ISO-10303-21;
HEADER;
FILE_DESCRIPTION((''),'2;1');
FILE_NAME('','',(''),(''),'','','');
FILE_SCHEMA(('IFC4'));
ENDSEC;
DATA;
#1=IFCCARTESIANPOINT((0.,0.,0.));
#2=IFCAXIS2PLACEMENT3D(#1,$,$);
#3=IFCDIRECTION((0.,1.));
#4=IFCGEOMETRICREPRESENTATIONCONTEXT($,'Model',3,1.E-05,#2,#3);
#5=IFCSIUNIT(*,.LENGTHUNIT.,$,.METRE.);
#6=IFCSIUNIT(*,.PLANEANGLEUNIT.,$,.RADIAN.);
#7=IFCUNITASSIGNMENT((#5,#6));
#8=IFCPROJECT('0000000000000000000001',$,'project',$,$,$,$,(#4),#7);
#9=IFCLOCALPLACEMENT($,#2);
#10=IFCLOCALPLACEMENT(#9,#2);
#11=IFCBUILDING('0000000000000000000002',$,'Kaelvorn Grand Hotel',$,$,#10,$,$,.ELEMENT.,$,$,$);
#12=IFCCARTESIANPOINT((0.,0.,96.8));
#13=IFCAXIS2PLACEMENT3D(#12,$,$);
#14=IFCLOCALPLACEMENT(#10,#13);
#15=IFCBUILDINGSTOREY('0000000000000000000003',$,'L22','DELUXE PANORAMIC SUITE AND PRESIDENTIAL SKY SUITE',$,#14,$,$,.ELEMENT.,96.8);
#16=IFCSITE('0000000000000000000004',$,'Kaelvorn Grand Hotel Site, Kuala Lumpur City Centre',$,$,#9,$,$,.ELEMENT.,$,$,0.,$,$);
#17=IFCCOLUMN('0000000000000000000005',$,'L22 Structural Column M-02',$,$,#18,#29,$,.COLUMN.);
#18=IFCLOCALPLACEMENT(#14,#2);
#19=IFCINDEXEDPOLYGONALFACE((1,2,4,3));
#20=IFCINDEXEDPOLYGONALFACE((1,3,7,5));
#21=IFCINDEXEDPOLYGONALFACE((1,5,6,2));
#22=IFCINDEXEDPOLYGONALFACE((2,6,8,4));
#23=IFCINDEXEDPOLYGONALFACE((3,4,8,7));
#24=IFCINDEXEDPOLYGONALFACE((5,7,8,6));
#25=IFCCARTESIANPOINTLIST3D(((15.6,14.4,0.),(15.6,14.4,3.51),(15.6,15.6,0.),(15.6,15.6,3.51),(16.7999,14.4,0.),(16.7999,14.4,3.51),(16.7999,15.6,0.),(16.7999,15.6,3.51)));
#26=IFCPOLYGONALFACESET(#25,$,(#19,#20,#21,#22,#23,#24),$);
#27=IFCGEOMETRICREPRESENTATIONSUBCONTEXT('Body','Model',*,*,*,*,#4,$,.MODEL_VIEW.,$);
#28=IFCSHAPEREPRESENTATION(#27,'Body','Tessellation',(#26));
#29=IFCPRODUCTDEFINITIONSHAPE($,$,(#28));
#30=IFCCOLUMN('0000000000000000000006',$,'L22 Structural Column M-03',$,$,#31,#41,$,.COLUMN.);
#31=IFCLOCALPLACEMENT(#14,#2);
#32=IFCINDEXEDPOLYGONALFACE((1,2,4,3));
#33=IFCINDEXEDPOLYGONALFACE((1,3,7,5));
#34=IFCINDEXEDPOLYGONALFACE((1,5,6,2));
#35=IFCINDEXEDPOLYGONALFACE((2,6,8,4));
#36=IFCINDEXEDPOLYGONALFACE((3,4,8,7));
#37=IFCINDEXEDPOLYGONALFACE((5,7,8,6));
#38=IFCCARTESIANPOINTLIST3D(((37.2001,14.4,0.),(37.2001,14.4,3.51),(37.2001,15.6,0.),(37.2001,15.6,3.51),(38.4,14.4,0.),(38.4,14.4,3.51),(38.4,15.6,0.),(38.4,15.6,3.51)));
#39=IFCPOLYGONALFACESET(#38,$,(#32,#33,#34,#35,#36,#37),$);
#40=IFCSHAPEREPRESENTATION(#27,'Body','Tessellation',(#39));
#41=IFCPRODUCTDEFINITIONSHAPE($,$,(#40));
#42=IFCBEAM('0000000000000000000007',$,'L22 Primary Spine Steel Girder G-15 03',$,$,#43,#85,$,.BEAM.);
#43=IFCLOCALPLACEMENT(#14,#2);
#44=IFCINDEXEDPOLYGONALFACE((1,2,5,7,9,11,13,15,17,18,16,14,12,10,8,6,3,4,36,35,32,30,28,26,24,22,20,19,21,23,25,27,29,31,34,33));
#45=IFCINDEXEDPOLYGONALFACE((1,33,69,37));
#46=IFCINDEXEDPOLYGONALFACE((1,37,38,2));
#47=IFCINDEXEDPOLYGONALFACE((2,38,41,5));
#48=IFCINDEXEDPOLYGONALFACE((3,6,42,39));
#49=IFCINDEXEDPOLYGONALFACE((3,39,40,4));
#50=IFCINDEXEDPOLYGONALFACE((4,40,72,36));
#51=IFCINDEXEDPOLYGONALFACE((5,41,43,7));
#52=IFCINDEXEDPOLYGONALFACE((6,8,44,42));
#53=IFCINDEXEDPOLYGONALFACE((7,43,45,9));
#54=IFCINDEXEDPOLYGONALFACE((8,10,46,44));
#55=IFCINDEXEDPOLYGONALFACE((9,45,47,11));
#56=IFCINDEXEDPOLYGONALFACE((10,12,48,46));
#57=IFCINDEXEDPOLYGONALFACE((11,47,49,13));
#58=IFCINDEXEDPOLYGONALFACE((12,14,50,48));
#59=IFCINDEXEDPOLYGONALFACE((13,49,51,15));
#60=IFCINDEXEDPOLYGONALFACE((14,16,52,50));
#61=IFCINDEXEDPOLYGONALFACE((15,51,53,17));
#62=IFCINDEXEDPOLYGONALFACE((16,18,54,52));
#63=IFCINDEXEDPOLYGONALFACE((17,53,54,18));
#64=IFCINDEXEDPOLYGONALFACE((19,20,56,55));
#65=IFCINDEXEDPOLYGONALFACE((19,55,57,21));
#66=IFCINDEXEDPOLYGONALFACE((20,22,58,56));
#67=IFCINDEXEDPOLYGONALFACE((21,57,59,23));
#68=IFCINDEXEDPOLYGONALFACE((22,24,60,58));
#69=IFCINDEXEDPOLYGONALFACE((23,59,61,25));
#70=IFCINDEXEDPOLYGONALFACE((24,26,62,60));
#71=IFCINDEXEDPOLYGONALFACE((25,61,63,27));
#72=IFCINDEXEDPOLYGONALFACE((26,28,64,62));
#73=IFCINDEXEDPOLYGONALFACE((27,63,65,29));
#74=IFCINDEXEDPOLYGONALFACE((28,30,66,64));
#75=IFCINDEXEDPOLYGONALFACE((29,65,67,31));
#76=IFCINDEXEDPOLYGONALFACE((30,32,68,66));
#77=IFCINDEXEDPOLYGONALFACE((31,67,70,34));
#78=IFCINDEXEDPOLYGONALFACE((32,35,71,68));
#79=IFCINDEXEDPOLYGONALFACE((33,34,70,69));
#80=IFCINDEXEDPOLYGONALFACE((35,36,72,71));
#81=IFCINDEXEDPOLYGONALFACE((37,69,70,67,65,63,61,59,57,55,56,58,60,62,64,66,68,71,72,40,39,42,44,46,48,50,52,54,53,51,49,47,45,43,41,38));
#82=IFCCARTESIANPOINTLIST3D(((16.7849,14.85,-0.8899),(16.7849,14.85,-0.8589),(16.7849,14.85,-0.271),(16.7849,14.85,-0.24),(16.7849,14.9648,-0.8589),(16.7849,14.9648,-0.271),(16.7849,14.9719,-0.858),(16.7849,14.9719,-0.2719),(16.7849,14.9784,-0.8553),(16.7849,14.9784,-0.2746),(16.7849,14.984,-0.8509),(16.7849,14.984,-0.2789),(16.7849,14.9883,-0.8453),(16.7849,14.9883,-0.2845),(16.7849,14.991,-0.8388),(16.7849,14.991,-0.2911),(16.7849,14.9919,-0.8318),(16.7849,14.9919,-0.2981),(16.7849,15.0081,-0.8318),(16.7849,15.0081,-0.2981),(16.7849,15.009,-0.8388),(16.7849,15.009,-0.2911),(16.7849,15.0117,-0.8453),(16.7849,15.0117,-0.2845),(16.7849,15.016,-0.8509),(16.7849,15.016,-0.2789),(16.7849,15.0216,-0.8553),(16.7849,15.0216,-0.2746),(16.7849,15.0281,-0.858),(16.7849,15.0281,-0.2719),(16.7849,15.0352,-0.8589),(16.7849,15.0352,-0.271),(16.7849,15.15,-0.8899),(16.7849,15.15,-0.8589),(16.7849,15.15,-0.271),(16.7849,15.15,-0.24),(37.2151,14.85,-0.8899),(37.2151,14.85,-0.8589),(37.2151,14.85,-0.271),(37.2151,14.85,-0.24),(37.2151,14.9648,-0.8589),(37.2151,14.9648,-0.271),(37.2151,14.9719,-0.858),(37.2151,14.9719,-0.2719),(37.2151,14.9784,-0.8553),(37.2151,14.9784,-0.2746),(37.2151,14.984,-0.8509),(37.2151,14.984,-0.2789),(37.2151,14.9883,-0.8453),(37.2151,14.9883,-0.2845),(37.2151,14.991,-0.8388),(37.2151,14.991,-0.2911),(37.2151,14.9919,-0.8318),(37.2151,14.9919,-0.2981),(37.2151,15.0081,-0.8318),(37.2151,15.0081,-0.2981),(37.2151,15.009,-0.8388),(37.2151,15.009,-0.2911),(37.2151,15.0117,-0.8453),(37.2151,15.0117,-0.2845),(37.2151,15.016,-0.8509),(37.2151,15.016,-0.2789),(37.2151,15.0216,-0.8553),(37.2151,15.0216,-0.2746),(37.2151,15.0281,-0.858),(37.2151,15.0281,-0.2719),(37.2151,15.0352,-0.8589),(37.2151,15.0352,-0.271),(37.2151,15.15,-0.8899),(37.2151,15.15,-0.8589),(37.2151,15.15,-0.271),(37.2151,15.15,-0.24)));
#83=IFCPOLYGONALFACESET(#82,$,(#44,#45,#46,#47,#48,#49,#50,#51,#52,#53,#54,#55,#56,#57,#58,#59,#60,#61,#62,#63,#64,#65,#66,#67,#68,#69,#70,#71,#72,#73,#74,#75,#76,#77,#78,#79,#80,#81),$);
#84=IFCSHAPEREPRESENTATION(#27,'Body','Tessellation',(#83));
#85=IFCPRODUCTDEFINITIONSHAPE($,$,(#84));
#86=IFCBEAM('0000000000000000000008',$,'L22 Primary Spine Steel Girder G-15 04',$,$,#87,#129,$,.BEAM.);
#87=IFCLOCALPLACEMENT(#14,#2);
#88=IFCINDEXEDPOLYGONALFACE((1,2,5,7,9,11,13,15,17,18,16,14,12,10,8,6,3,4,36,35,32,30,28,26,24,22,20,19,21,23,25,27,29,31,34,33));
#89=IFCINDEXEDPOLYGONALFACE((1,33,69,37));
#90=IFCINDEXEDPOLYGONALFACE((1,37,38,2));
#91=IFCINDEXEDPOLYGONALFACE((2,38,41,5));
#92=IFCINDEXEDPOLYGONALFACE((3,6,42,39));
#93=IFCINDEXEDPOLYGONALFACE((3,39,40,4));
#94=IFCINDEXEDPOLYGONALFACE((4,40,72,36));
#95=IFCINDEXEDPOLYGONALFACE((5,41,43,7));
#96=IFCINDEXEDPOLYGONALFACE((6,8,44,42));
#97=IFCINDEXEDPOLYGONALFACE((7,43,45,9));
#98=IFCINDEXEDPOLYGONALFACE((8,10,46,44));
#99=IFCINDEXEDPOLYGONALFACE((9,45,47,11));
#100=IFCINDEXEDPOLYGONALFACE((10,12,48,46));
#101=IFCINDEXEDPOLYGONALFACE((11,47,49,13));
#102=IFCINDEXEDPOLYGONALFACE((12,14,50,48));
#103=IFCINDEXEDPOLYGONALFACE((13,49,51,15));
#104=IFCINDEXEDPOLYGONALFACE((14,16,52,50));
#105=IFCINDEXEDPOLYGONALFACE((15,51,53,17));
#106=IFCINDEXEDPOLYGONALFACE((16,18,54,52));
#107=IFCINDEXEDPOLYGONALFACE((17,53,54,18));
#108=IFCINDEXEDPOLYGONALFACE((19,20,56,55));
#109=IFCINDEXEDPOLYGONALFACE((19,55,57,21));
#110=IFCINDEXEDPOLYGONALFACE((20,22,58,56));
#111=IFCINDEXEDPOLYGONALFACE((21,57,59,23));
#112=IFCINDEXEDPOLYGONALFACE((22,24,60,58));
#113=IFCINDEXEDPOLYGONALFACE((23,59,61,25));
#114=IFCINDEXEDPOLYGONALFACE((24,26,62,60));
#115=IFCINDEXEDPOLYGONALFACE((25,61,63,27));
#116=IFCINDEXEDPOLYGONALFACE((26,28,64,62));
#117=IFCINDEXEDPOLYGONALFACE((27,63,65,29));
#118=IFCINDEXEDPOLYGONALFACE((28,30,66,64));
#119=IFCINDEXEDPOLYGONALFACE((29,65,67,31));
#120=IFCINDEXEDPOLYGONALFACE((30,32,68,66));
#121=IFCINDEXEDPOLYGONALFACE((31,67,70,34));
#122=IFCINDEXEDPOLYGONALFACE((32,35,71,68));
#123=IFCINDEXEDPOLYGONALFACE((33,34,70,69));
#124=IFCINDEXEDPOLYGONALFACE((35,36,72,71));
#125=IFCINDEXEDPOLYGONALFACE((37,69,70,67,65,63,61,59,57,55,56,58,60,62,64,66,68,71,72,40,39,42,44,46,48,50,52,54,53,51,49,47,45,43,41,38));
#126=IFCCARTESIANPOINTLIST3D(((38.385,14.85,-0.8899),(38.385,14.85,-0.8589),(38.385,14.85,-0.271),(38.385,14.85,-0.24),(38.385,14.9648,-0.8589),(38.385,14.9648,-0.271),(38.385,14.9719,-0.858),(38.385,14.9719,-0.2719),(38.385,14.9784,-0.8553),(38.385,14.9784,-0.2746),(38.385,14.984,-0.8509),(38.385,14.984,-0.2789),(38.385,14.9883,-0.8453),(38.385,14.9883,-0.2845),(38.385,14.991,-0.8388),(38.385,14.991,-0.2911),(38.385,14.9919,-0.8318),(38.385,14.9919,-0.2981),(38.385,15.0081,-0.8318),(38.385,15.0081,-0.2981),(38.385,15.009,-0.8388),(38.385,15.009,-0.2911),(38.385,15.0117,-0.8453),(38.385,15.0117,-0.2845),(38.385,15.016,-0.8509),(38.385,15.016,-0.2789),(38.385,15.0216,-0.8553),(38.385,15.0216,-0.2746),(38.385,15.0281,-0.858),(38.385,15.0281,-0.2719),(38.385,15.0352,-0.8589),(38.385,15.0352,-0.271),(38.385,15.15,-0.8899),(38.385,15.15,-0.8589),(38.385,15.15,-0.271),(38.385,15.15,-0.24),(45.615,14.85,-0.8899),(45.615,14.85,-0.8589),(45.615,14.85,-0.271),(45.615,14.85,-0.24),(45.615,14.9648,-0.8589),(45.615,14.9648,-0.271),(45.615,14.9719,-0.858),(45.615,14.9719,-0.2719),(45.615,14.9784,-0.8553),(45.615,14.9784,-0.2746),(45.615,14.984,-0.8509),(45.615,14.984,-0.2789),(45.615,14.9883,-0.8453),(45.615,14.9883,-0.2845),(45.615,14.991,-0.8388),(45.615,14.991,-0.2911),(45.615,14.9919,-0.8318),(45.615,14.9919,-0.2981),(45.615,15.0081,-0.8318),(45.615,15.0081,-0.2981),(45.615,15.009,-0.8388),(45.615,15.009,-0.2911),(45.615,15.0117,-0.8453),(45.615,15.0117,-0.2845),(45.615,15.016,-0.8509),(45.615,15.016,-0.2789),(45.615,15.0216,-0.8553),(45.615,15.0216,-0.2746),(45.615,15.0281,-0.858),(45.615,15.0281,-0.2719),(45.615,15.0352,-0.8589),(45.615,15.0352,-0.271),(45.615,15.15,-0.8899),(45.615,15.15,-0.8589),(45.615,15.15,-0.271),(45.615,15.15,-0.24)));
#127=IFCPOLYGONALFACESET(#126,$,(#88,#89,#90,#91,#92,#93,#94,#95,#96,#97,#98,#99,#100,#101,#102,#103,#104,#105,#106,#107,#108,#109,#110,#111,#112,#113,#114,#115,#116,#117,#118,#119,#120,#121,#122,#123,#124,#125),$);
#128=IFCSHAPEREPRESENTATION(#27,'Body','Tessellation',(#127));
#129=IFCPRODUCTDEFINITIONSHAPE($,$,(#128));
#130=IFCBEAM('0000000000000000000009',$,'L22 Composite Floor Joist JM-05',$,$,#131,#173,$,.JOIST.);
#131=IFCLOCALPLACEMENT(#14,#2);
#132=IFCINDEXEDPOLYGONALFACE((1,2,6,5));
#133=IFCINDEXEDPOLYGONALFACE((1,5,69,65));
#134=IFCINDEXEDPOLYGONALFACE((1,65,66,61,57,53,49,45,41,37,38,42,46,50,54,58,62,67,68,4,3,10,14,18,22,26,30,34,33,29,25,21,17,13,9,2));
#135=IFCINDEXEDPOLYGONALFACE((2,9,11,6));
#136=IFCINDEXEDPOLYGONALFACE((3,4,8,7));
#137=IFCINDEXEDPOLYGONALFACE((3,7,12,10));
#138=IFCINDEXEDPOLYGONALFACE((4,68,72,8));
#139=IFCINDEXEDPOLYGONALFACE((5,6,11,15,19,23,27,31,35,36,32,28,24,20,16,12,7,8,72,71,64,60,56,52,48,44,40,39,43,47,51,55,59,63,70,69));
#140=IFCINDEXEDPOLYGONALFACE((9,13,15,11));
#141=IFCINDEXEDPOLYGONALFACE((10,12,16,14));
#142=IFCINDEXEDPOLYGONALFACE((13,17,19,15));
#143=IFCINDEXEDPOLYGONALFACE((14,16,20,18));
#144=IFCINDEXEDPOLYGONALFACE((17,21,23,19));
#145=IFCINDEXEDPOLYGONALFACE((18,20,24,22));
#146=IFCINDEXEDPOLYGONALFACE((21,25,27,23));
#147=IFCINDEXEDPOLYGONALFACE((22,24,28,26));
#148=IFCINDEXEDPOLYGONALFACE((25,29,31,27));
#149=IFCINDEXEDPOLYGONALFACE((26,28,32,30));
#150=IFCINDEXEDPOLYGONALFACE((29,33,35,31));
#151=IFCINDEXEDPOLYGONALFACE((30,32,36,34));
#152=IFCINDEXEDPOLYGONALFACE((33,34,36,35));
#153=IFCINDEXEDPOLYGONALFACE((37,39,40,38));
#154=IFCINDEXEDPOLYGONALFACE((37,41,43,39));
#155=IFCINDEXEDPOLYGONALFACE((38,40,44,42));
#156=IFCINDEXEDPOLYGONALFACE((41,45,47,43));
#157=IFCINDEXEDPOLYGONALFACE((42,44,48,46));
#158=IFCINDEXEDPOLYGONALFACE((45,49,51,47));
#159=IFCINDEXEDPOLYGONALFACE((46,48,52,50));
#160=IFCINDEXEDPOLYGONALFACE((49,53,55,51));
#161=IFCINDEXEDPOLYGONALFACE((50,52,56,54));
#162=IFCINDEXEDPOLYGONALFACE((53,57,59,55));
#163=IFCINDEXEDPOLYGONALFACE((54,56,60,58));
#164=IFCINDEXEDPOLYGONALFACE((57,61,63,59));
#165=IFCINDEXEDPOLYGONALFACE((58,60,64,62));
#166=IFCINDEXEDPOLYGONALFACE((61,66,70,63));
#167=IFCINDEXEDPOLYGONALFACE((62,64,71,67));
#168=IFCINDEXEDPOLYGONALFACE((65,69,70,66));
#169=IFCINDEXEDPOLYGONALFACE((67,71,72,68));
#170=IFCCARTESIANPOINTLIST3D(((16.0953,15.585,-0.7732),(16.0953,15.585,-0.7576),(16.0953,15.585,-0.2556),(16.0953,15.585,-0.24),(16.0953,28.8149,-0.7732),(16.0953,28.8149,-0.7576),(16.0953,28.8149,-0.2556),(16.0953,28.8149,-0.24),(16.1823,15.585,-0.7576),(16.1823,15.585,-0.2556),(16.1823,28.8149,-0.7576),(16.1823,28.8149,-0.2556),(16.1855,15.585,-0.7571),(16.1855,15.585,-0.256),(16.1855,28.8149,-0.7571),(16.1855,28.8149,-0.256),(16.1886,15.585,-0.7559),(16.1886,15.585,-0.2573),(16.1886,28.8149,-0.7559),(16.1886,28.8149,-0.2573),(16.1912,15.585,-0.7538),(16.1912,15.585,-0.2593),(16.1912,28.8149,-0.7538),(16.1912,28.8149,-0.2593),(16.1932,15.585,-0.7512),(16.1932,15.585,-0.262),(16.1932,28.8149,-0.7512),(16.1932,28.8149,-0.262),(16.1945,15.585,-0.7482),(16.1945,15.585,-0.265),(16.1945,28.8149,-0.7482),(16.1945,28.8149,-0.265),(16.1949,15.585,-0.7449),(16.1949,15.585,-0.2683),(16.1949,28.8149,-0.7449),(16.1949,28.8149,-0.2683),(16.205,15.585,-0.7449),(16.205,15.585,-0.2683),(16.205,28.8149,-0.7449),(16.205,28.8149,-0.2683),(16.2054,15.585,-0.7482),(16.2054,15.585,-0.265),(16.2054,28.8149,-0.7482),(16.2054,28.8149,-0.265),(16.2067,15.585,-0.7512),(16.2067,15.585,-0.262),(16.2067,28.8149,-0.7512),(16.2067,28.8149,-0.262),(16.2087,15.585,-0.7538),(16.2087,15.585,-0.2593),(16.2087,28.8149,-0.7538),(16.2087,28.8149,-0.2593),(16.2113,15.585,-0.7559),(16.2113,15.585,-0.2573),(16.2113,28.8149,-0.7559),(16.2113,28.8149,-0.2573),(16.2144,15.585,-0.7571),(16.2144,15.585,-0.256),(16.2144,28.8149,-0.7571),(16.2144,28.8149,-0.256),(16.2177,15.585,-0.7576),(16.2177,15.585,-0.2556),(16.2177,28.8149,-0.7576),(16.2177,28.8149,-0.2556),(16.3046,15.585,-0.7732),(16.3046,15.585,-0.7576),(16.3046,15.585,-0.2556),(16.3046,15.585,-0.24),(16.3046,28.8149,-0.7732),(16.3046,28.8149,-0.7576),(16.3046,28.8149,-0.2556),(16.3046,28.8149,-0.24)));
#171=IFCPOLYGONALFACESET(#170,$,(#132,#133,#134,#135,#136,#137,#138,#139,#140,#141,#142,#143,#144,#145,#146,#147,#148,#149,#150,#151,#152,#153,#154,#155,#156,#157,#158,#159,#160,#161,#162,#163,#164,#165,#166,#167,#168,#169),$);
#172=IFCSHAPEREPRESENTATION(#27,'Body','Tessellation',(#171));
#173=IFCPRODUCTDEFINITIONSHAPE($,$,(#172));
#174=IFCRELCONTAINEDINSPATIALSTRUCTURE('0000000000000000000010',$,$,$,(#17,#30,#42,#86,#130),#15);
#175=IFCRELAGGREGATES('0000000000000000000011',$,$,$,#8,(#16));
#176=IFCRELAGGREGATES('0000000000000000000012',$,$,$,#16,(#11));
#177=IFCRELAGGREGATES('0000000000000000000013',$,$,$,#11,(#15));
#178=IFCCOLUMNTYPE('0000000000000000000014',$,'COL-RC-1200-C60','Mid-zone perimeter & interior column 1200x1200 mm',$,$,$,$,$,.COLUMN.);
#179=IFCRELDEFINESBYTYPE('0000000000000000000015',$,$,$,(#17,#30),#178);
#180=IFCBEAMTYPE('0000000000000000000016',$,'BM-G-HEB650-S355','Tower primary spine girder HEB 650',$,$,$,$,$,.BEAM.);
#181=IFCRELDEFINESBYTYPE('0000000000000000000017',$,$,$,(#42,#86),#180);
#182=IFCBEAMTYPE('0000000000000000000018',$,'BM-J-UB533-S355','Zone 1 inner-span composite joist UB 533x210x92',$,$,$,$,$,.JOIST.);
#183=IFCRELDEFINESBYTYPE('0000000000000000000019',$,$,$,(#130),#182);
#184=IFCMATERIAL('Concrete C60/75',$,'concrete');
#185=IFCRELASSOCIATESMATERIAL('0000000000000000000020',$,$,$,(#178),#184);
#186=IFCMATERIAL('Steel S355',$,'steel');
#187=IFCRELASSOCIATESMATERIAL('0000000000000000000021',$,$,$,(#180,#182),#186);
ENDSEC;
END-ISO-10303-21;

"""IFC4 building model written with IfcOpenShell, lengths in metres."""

from ifc_helpers import new_model, si_unit, direction, frame, origin, origin_2d, place, context, subcontext, project, spatial, rectangle, i_section, extrude, material, material_profile, profile_set, type_object, element, save


model = new_model("IFC4")

# Units and contexts
model_context = context("Model", 3, precision=1e-05, world=origin(), true_north=direction((0.0, 1.0)))
body_context = subcontext(model_context, "Body", "Model", "MODEL_VIEW")
ifc_project = project(units=[si_unit("LENGTHUNIT", "METRE"), si_unit("PLANEANGLEUNIT", "RADIAN")], contexts=[model_context])

# Site, building, storey
site_placement = place(None, origin())
site = spatial("IfcSite", under=ifc_project, at=site_placement, Name="Kaelvorn Grand Hotel Site, Kuala Lumpur City Centre", CompositionType="ELEMENT", RefElevation=0.0)
building_placement = place(site_placement, origin())
building = spatial("IfcBuilding", under=site, at=building_placement, Name="Kaelvorn Grand Hotel", CompositionType="ELEMENT")
storey_placement = place(building_placement, frame((0.0, 0.0, 96.8)))
storey = spatial("IfcBuildingStorey", under=building, at=storey_placement, Name="L22", Description="DELUXE PANORAMIC SUITE AND PRESIDENTIAL SKY SUITE", CompositionType="ELEMENT", Elevation=96.8)

# Columns
ifc_material_1 = material(Name="Concrete C60/75", Category="concrete")
ifc_material_profile_1 = material_profile(ifc_material_1, rectangle(XDim=1.2, YDim=1.2, at=origin_2d()), Name="RC COL 1200x1200")
ifc_profile_set_1 = profile_set([ifc_material_profile_1], Name="Concrete C60/75")
column_type = type_object("IfcColumnType", Name="COL-RC-1200-C60", Description="Mid-zone perimeter & interior column 1200x1200 mm", PredefinedType="COLUMN", material=ifc_profile_set_1)
for number, where, z_axis, x_axis, name in (
    (1, (16.2, 15.0, 0.0), (0.0, 0.0, 1.0), (1.0, 0.0, 0.0), "L22 Structural Column M-02"),
    (2, (37.8, 15.0, 0.0), (0.0, 0.0, 1.0), (1.0, 0.0, 0.0), "L22 Structural Column M-03"),
):
    element("IfcColumn", number, at=place(storey_placement, frame(where, z_axis=z_axis, x_axis=x_axis)), inside=storey, type_object=column_type, Name=name, PredefinedType="COLUMN", context=body_context, shape_type="SweptSolid", body=[
        extrude(rectangle(XDim=1.2, YDim=1.2, at=origin_2d()), origin(), (0.0, 0.0, 1.0), 3.51),
    ])

# Beams
ifc_material_2 = material(Name="Steel S355", Category="steel")
ifc_material_profile_2 = material_profile(ifc_material_2, i_section(OverallWidth=0.3, OverallDepth=0.6499, WebThickness=0.0161, FlangeThickness=0.031, FilletRadius=0.0271, at=origin_2d()), Name="HEB 650")
ifc_profile_set_2 = profile_set([ifc_material_profile_2], Name="Steel S355")
beam_type_1 = type_object("IfcBeamType", Name="BM-G-HEB650-S355", Description="Tower primary spine girder HEB 650", PredefinedType="BEAM", material=ifc_profile_set_2)
beam_1_placement = place(storey_placement, frame((16.7849, 15.0, -0.5649), z_axis=(1.0, 0.0, 0.0), x_axis=(0.0, 1.0, 0.0)))
element("IfcBeam", 3, at=beam_1_placement, inside=storey, type_object=beam_type_1, Name="L22 Primary Spine Steel Girder G-15 03", PredefinedType="BEAM", context=body_context, shape_type="SweptSolid", body=[
    extrude(i_section(OverallWidth=0.3, OverallDepth=0.6499, WebThickness=0.0161, FlangeThickness=0.031, FilletRadius=0.0271, at=origin_2d()), origin(), (0.0, 0.0, 1.0), 20.4302),
])
beam_2_placement = place(storey_placement, frame((38.385, 15.0, -0.5649), z_axis=(1.0, 0.0, 0.0), x_axis=(0.0, 1.0, 0.0)))
element("IfcBeam", 4, at=beam_2_placement, inside=storey, type_object=beam_type_1, Name="L22 Primary Spine Steel Girder G-15 04", PredefinedType="BEAM", context=body_context, shape_type="SweptSolid", body=[
    extrude(i_section(OverallWidth=0.3, OverallDepth=0.6499, WebThickness=0.0161, FlangeThickness=0.031, FilletRadius=0.0271, at=origin_2d()), origin(), (0.0, 0.0, 1.0), 7.23),
])
ifc_material_profile_3 = material_profile(ifc_material_2, i_section(OverallWidth=0.2092, OverallDepth=0.5332, WebThickness=0.01, FlangeThickness=0.0156, FilletRadius=0.0127, at=origin_2d()), Name="UB 533x210x92")
ifc_profile_set_3 = profile_set([ifc_material_profile_3], Name="Steel S355")
beam_type_2 = type_object("IfcBeamType", Name="BM-J-UB533-S355", Description="Zone 1 inner-span composite joist UB 533x210x92", PredefinedType="JOIST", material=ifc_profile_set_3)
beam_3_placement = place(storey_placement, frame((16.2, 15.585, -0.5066), z_axis=(0.0, 1.0, 0.0), x_axis=(-1.0, 0.0, 0.0)))
element("IfcBeam", 5, at=beam_3_placement, inside=storey, type_object=beam_type_2, Name="L22 Composite Floor Joist JM-05", PredefinedType="JOIST", context=body_context, shape_type="SweptSolid", body=[
    extrude(i_section(OverallWidth=0.2092, OverallDepth=0.5332, WebThickness=0.01, FlangeThickness=0.0156, FilletRadius=0.0127, at=origin_2d()), origin(), (0.0, 0.0, 1.0), 13.23),
])

save(model, "model.ifc")
